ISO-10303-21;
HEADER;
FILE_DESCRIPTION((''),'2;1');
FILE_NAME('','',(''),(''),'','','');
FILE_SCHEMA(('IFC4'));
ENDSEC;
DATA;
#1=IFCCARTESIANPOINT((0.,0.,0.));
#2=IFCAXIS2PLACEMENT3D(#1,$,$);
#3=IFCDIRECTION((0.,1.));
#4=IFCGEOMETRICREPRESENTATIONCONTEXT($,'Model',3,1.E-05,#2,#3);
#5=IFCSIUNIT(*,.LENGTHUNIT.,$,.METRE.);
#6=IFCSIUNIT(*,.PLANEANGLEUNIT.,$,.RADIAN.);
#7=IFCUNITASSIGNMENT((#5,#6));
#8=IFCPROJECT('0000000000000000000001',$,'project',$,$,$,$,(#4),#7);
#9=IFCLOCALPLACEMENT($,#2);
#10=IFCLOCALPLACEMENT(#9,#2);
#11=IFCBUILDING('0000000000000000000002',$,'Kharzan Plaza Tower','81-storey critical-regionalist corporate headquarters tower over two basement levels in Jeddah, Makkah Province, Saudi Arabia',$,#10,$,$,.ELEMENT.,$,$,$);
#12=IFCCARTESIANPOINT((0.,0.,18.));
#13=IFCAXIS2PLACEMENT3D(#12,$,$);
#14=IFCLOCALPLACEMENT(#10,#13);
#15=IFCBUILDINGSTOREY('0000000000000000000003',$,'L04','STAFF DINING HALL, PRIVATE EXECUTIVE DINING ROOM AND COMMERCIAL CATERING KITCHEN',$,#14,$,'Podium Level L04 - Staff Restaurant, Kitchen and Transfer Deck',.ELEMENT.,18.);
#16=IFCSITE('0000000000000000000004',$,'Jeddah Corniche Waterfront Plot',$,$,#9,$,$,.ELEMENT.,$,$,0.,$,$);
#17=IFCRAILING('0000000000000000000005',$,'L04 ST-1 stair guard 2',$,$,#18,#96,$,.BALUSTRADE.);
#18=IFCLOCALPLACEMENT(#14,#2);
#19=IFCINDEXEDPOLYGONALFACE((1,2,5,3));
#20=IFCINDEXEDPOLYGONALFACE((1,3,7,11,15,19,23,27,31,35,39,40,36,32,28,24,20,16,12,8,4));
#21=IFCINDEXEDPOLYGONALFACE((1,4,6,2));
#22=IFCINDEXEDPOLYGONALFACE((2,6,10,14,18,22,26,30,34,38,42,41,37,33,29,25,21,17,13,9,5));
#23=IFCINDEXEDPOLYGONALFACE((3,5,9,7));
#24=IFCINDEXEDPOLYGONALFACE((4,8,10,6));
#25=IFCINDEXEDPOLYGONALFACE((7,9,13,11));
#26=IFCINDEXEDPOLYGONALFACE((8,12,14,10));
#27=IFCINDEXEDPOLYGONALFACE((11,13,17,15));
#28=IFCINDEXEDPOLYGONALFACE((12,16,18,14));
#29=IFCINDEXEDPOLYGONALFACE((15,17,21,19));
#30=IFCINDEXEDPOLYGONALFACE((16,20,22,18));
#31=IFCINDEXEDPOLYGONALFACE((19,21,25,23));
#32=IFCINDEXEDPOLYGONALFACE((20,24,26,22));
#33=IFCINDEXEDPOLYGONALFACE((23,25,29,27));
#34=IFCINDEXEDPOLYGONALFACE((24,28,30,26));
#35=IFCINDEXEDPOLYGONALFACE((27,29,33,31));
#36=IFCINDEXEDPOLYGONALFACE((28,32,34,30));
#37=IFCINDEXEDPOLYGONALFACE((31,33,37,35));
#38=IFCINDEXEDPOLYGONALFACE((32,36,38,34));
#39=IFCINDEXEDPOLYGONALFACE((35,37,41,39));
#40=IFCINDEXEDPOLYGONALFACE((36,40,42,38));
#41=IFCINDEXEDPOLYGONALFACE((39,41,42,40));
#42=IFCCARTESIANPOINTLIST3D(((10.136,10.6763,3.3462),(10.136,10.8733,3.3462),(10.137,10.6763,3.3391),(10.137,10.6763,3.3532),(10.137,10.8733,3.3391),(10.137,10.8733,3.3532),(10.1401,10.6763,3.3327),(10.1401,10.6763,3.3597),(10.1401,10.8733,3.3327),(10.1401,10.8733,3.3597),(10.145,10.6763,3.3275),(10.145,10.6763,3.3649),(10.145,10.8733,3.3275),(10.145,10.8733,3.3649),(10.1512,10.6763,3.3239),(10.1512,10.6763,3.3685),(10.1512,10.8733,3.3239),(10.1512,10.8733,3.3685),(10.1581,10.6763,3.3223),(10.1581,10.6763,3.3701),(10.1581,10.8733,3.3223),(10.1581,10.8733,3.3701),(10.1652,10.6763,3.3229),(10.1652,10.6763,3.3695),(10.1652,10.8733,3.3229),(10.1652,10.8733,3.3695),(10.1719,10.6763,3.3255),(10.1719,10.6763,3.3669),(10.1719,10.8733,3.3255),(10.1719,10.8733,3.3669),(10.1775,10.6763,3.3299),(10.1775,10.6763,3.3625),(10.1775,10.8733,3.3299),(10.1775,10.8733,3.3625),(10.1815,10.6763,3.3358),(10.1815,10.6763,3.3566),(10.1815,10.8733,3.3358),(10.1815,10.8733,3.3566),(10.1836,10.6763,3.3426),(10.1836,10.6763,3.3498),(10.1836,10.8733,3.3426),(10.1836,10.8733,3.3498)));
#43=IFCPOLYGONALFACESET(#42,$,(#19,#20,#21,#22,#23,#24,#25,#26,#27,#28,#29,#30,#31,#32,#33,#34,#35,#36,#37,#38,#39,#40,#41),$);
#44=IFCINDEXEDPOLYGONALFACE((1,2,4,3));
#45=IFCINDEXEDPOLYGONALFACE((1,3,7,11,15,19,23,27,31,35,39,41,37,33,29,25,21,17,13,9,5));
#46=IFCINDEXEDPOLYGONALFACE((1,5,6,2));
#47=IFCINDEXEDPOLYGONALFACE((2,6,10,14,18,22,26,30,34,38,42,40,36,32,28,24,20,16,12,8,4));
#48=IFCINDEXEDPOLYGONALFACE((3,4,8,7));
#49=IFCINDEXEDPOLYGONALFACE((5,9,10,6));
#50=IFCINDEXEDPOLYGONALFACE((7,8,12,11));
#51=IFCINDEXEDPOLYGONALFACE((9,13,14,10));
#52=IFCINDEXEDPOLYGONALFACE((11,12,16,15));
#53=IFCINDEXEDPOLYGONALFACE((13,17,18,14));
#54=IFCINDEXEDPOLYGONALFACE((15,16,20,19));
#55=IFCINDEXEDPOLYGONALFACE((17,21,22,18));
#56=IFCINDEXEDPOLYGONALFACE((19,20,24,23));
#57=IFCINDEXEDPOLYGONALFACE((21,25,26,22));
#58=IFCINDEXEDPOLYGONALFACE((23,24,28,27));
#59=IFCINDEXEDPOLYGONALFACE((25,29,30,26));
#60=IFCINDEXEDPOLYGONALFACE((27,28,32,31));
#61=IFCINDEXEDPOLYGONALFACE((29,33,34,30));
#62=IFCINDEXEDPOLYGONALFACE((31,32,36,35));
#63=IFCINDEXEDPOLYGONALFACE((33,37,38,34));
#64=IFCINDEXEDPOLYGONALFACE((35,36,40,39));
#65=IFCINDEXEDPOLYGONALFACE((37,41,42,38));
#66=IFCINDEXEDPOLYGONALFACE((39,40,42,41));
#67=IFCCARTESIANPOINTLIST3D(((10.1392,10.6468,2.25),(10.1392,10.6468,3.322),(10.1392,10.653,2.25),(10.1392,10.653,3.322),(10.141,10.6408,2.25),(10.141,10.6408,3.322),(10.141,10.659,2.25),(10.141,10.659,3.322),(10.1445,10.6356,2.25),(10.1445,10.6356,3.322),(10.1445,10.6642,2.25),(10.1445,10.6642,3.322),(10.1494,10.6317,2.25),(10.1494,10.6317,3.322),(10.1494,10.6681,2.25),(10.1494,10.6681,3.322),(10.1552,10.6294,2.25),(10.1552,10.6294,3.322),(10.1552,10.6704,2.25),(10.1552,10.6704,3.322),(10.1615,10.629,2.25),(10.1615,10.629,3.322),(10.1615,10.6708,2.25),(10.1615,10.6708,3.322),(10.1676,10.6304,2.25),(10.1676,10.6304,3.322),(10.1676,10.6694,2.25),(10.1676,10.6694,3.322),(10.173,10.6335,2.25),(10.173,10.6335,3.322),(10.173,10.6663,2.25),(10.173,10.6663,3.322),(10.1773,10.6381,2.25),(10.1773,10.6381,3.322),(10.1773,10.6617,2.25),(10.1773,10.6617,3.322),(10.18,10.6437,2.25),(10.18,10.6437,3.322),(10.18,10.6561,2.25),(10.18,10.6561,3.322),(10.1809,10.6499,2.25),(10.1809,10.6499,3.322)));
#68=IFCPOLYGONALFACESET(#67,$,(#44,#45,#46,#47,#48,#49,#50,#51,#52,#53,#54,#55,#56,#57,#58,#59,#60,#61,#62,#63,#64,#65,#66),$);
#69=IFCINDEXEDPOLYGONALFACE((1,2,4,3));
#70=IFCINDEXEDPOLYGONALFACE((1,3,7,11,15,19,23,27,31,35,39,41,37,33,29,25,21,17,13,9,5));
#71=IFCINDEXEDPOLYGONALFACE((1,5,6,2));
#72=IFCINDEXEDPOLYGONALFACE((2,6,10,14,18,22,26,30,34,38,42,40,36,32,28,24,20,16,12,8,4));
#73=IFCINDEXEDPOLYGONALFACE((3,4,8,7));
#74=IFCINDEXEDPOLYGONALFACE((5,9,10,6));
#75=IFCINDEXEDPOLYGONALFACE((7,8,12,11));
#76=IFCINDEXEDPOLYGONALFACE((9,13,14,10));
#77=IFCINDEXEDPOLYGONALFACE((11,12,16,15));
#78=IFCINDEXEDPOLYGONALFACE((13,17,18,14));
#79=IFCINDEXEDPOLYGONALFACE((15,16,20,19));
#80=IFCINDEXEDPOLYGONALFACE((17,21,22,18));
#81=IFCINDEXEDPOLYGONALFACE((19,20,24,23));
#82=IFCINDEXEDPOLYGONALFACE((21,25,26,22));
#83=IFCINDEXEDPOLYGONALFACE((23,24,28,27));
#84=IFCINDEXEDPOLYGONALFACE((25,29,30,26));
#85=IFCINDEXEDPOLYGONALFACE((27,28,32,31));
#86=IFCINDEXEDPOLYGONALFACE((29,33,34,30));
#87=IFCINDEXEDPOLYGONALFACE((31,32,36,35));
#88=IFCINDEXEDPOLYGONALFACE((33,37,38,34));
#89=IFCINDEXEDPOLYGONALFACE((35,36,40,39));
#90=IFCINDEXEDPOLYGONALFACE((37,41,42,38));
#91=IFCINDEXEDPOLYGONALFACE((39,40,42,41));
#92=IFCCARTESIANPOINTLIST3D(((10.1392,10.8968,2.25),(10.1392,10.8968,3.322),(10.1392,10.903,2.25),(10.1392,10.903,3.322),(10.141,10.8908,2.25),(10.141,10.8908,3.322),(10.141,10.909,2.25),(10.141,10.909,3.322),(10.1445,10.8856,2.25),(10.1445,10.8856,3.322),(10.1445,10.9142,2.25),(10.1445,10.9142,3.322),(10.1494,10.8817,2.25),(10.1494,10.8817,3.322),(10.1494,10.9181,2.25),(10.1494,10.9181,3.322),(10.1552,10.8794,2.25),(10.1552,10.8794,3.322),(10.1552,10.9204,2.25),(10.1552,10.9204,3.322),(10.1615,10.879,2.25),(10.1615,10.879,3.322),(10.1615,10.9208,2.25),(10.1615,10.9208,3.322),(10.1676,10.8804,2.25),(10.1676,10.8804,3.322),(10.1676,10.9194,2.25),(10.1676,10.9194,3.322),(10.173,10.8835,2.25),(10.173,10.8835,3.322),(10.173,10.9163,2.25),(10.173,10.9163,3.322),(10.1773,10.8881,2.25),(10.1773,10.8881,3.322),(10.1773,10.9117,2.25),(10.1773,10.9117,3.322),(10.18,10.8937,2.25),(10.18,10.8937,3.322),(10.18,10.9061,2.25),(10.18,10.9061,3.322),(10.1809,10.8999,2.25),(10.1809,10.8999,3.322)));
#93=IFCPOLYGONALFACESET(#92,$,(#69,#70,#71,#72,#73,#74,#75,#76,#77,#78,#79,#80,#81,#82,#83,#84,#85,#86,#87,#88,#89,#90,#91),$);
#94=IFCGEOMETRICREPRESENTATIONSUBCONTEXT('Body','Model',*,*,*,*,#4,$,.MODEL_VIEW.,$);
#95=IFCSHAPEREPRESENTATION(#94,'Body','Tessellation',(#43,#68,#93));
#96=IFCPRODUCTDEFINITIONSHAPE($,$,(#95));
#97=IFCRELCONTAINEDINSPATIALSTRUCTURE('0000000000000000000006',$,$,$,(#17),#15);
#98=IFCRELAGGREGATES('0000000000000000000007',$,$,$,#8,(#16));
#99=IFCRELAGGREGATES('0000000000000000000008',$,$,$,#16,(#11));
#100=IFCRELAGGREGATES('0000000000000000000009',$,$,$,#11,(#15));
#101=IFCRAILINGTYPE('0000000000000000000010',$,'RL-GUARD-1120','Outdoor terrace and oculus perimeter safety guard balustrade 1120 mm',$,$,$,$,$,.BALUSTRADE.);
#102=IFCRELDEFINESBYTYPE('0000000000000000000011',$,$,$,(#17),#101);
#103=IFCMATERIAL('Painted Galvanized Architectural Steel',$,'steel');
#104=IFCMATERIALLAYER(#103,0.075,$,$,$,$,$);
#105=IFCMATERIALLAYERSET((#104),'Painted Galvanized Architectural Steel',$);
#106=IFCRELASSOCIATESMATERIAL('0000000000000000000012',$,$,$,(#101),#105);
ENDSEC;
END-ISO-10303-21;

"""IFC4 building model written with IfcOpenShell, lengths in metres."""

from ifc_helpers import new_model, si_unit, direction, frame, origin, origin_2d, place, context, subcontext, project, spatial, circle, extrude, source, transform, mapped, material, layer, layer_set, type_object, element, save


model = new_model("IFC4")

# Units and contexts
model_context = context("Model", 3, precision=1e-05, world=origin(), true_north=direction((0.0, 1.0)))
body_context = subcontext(model_context, "Body", "Model", "MODEL_VIEW")
ifc_project = project(units=[si_unit("LENGTHUNIT", "METRE"), si_unit("PLANEANGLEUNIT", "RADIAN")], contexts=[model_context])

# Site, building, storey
site_placement = place(None, origin())
site = spatial("IfcSite", under=ifc_project, at=site_placement, Name="Jeddah Corniche Waterfront Plot", CompositionType="ELEMENT", RefElevation=0.0)
building_placement = place(site_placement, origin())
building = spatial("IfcBuilding", under=site, at=building_placement, Name="Kharzan Plaza Tower", Description="81-storey critical-regionalist corporate headquarters tower over two basement levels in Jeddah, Makkah Province, Saudi Arabia", CompositionType="ELEMENT")
storey_placement = place(building_placement, frame((0.0, 0.0, 18.0)))
storey = spatial("IfcBuildingStorey", under=building, at=storey_placement, Name="L04", Description="STAFF DINING HALL, PRIVATE EXECUTIVE DINING ROOM AND COMMERCIAL CATERING KITCHEN", LongName="Podium Level L04 - Staff Restaurant, Kitchen and Transfer Deck", CompositionType="ELEMENT", Elevation=18.0)

# Railing
ifc_material_1 = material(Name="Painted Galvanized Architectural Steel", Category="steel")
ifc_layer_1 = layer(ifc_material_1, 0.075)
ifc_layer_set_1 = layer_set([ifc_layer_1], Name="Painted Galvanized Architectural Steel")
railing_type = type_object("IfcRailingType", Name="RL-GUARD-1120", Description="Outdoor terrace and oculus perimeter safety guard balustrade 1120 mm", PredefinedType="BALUSTRADE", material=ifc_layer_set_1)
shared_shape_1 = source(origin(), body_context, "Body", "SweptSolid", [
    extrude(circle(Radius=0.0239, at=origin_2d()), frame((0.0, 0.0264, 1.0962), z_axis=(0.0, 1.0, 0.0), x_axis=(-1.0, 0.0, 0.0)), (0.0, 0.0, 1.0), 0.197),
    extrude(circle(Radius=0.021, at=origin_2d()), origin(), (0.0, 0.0, 1.0), 1.072),
    extrude(circle(Radius=0.021, at=origin_2d()), frame((0.0, 0.25, 0.0)), (0.0, 0.0, 1.0), 1.072),
])
railing_placement = place(storey_placement, frame((10.1599, 10.6499, 2.25)))
element("IfcRailing", 1, at=railing_placement, inside=storey, type_object=railing_type, Name="L04 ST-1 stair guard 2", PredefinedType="BALUSTRADE", context=body_context, shape_type="MappedRepresentation", body=[
    mapped(shared_shape_1, transform((0.0, 0.0, 0.0), x_axis=(1.0, 0.0, 0.0), y_axis=(0.0, 1.0, 0.0), z_axis=(0.0, 0.0, 1.0))),
])

save(model, "model.ifc")
